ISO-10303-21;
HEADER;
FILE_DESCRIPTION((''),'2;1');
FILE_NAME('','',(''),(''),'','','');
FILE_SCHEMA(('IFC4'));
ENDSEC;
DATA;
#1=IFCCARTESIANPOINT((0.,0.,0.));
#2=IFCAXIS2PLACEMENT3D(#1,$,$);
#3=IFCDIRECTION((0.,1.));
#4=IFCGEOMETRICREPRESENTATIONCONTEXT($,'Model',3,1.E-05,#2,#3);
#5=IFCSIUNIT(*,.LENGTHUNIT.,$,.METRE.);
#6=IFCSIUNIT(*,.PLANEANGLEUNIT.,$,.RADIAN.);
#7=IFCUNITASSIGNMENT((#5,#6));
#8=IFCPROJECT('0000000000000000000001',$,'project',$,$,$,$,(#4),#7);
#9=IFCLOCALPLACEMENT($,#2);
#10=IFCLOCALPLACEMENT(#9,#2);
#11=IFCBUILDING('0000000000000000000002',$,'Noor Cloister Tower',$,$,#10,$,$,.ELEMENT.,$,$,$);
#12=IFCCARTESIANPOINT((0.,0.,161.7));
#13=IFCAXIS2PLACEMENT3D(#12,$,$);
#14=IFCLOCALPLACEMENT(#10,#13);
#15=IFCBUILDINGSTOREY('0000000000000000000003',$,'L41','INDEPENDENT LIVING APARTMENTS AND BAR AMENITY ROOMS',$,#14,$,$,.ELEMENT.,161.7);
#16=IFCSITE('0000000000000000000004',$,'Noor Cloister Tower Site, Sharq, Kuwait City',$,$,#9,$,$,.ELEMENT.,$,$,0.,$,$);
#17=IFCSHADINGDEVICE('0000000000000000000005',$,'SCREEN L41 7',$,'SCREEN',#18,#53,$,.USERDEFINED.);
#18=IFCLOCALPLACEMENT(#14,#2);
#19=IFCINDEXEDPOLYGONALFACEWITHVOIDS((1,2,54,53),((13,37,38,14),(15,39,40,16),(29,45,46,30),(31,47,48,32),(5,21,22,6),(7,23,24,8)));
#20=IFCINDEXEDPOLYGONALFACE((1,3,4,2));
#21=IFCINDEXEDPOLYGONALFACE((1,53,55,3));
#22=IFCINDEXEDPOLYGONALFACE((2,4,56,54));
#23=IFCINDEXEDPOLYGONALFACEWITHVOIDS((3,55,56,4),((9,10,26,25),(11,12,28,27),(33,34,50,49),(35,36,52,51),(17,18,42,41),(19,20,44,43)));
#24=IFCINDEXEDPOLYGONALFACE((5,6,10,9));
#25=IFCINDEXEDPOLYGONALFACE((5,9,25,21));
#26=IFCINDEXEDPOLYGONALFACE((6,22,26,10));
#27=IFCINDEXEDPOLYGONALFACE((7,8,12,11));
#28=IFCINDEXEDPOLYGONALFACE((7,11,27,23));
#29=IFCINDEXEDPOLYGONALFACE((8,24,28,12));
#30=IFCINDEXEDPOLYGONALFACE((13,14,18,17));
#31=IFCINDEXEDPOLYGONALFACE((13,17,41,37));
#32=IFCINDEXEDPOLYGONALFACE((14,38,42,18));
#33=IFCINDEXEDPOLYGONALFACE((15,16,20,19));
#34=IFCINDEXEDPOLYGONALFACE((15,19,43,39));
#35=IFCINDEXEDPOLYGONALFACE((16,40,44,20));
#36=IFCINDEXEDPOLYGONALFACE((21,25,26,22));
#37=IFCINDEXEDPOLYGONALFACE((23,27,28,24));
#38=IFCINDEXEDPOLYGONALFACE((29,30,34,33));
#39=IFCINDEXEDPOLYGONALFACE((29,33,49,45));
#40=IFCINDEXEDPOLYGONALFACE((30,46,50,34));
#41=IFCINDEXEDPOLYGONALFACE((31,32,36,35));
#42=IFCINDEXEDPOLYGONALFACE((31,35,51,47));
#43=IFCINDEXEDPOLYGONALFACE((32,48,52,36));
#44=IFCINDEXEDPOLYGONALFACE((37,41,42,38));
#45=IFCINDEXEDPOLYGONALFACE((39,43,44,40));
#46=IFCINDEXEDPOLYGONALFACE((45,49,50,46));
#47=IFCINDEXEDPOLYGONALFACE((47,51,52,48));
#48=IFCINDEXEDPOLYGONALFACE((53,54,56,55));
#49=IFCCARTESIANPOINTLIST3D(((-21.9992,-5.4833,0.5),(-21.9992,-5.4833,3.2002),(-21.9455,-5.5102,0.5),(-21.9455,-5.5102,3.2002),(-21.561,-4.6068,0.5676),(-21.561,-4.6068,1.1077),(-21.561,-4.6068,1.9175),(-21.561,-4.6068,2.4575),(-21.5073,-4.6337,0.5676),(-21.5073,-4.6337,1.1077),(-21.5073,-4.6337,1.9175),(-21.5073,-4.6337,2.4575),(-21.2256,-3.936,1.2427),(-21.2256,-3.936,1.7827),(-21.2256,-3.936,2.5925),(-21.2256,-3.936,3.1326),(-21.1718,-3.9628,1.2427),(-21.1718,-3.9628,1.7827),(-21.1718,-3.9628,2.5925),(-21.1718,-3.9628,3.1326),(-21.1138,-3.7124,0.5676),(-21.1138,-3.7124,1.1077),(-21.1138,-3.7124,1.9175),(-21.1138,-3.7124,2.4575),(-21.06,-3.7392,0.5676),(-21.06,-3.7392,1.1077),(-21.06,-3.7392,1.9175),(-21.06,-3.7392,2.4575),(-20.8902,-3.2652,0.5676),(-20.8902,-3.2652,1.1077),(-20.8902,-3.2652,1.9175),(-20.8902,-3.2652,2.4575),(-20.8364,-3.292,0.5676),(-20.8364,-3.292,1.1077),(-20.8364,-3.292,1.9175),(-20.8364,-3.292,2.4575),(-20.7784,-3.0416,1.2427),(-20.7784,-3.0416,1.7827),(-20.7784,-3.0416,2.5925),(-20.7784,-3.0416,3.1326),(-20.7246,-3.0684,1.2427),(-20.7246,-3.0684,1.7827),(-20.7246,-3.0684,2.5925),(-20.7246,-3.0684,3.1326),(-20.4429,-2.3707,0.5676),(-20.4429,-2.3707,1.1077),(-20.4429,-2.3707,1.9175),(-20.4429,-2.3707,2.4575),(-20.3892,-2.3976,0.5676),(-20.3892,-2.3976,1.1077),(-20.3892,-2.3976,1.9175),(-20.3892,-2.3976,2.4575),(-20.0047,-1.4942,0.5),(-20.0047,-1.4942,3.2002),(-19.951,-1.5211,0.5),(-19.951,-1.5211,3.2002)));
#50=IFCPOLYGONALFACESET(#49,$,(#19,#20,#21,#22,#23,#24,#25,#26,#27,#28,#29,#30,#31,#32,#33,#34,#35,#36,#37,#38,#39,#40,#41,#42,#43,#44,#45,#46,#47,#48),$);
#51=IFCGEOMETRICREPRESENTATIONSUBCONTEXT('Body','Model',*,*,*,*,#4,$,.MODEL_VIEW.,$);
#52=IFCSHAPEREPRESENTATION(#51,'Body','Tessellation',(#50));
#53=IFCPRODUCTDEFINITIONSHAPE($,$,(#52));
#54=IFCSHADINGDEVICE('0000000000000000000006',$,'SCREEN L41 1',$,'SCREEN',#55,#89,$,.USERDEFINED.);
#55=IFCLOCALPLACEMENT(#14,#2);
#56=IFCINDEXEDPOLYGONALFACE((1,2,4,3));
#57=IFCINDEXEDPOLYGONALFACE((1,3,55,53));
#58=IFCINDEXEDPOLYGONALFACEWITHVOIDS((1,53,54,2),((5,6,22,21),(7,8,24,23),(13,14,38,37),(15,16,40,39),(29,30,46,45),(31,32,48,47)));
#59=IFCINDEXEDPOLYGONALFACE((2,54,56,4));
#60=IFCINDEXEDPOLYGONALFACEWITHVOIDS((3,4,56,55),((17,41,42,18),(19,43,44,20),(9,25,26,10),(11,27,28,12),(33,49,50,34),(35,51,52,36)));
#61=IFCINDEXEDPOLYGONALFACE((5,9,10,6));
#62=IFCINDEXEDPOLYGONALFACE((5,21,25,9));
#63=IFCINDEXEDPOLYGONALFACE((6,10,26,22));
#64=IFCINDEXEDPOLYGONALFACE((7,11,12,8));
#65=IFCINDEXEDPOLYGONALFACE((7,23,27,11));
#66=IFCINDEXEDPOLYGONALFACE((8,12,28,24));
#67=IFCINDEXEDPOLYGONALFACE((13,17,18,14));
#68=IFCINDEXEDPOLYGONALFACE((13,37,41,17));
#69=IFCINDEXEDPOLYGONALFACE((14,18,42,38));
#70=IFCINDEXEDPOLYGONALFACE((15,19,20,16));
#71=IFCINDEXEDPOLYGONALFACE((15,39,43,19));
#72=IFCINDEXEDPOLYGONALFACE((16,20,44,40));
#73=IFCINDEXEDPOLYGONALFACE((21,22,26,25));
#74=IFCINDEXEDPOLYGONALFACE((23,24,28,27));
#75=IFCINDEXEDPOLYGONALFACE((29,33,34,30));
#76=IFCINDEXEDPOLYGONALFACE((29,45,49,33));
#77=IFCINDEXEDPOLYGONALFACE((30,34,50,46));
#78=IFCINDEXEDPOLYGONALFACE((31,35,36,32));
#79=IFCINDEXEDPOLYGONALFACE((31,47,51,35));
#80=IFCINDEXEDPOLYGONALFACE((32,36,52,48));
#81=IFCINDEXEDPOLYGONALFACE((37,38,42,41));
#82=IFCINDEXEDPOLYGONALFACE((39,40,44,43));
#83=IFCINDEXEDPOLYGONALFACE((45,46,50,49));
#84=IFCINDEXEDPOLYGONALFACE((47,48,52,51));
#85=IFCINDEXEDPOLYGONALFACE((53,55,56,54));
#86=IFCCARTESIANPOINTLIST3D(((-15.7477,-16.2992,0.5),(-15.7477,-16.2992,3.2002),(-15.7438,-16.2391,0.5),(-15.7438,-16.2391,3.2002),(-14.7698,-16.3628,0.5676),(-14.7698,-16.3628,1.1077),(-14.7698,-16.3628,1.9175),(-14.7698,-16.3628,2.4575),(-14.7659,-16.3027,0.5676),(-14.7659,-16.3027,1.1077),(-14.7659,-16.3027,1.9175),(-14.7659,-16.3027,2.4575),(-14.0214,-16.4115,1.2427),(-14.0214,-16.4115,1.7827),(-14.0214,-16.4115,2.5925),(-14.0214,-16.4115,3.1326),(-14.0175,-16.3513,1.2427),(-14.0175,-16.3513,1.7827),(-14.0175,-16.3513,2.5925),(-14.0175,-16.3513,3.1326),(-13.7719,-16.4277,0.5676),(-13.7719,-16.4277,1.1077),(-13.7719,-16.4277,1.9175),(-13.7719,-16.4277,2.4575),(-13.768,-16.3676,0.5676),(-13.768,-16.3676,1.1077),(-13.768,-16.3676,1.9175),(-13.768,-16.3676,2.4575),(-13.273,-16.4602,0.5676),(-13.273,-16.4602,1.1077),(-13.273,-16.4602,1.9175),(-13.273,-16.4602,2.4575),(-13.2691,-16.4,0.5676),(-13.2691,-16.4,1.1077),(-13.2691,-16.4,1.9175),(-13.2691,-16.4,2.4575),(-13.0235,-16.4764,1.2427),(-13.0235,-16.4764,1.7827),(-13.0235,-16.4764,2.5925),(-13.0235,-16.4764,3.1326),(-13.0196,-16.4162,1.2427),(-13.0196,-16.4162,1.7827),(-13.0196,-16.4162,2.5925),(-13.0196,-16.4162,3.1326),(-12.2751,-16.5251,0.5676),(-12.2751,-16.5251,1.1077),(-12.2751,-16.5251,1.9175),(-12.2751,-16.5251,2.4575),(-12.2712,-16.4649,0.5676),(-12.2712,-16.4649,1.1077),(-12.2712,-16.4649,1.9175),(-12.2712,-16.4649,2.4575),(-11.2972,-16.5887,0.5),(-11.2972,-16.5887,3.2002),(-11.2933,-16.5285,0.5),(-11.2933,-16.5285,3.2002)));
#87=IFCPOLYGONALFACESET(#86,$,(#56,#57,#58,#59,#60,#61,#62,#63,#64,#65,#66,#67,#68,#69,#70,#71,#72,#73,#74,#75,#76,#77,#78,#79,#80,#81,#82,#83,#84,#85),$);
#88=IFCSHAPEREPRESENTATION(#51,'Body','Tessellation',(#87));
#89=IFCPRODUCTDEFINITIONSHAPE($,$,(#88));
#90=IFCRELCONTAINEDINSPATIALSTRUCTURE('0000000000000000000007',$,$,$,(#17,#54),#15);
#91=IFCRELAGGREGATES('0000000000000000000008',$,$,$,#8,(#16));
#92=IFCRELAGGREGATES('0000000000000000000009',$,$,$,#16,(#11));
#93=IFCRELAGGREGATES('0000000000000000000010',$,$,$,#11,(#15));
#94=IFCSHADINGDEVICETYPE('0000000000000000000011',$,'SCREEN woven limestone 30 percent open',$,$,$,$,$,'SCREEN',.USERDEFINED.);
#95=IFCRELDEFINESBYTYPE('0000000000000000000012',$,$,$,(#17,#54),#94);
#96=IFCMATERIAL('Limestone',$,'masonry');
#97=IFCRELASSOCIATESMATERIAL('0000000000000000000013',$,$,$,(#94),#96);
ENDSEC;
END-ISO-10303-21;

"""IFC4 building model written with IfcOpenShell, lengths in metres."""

from ifc_helpers import new_model, si_unit, direction, frame, origin, place, context, subcontext, project, spatial, polyline, outline, extrude, material, material_profile, profile_set, type_object, element, save


model = new_model("IFC4")

# Units and contexts
model_context = context("Model", 3, precision=1e-05, world=origin(), true_north=direction((0.0, 1.0)))
body_context = subcontext(model_context, "Body", "Model", "MODEL_VIEW")
ifc_project = project(units=[si_unit("LENGTHUNIT", "METRE"), si_unit("PLANEANGLEUNIT", "RADIAN")], contexts=[model_context])

# Site, building, storey
site_placement = place(None, origin())
site = spatial("IfcSite", under=ifc_project, at=site_placement, Name="Noor Cloister Tower Site, Sharq, Kuwait City", CompositionType="ELEMENT", RefElevation=0.0)
building_placement = place(site_placement, origin())
building = spatial("IfcBuilding", under=site, at=building_placement, Name="Noor Cloister Tower", CompositionType="ELEMENT")
storey_placement = place(building_placement, frame((0.0, 0.0, 161.7)))
storey = spatial("IfcBuildingStorey", under=building, at=storey_placement, Name="L41", Description="INDEPENDENT LIVING APARTMENTS AND BAR AMENITY ROOMS", CompositionType="ELEMENT", Elevation=161.7)

# Shading devices
ifc_material_1 = material(Name="Limestone", Category="masonry")
ifc_material_profile_1 = material_profile(ifc_material_1, outline(polyline([(-2.23, -1.3501), (2.23, -1.3501), (2.23, 1.3501), (-2.23, 1.3501), (-2.23, -1.3501)]), holes=[polyline([(-1.25, -1.2825), (-0.25, -1.2825), (-0.25, -0.7424), (-1.25, -0.7424), (-1.25, -1.2825)]), polyline([(0.25, -1.2825), (1.25, -1.2825), (1.25, -0.7424), (0.25, -0.7424), (0.25, -1.2825)]), polyline([(-0.5, -0.6074), (0.5, -0.6074), (0.5, -0.0674), (-0.5, -0.0674), (-0.5, -0.6074)]), polyline([(-1.25, 0.0674), (-0.25, 0.0674), (-0.25, 0.6074), (-1.25, 0.6074), (-1.25, 0.0674)]), polyline([(0.25, 0.0674), (1.25, 0.0674), (1.25, 0.6074), (0.25, 0.6074), (0.25, 0.0674)]), polyline([(-0.5, 0.7424), (0.5, 0.7424), (0.5, 1.2825), (-0.5, 1.2825), (-0.5, 0.7424)])]), Name="Woven screen 30 percent open")
ifc_profile_set_1 = profile_set([ifc_material_profile_1], Name="Limestone")
shading_device_type = type_object("IfcShadingDeviceType", Name="SCREEN woven limestone 30 percent open", ElementType="SCREEN", PredefinedType="USERDEFINED", material=ifc_profile_set_1)
shading_device_1_placement = place(storey_placement, frame((-20.9482, -3.5156, 1.8501), z_axis=(-0.894427, 0.447214, 0.0), x_axis=(-0.447214, -0.894427, 0.0)))
element("IfcShadingDevice", 1, at=shading_device_1_placement, inside=storey, type_object=shading_device_type, Name="SCREEN L41 7", ObjectType="SCREEN", PredefinedType="USERDEFINED", context=body_context, shape_type="SweptSolid", body=[
    extrude(outline(polyline([(-2.23, -1.3501), (2.23, -1.3501), (2.23, 1.3501), (-2.23, 1.3501), (-2.23, -1.3501)]), holes=[polyline([(-1.25, -1.2825), (-0.25, -1.2825), (-0.25, -0.7424), (-1.25, -0.7424), (-1.25, -1.2825)]), polyline([(0.25, -1.2825), (1.25, -1.2825), (1.25, -0.7424), (0.25, -0.7424), (0.25, -1.2825)]), polyline([(-0.5, -0.6074), (0.5, -0.6074), (0.5, -0.0674), (-0.5, -0.0674), (-0.5, -0.6074)]), polyline([(-1.25, 0.0674), (-0.25, 0.0674), (-0.25, 0.6074), (-1.25, 0.6074), (-1.25, 0.0674)]), polyline([(0.25, 0.0674), (1.25, 0.0674), (1.25, 0.6074), (0.25, 0.6074), (0.25, 0.0674)]), polyline([(-0.5, 0.7424), (0.5, 0.7424), (0.5, 1.2825), (-0.5, 1.2825), (-0.5, 0.7424)])]), origin(), (0.0, 0.0, 1.0), 0.0601),
])
shading_device_2_placement = place(storey_placement, frame((-13.5186, -16.3838, 1.8501), z_axis=(-0.064904, -0.997892, 0.0), x_axis=(0.997892, -0.064904, 0.0)))
element("IfcShadingDevice", 2, at=shading_device_2_placement, inside=storey, type_object=shading_device_type, Name="SCREEN L41 1", ObjectType="SCREEN", PredefinedType="USERDEFINED", context=body_context, shape_type="SweptSolid", body=[
    extrude(outline(polyline([(-2.23, -1.3501), (2.23, -1.3501), (2.23, 1.3501), (-2.23, 1.3501), (-2.23, -1.3501)]), holes=[polyline([(-1.25, -1.2825), (-0.25, -1.2825), (-0.25, -0.7424), (-1.25, -0.7424), (-1.25, -1.2825)]), polyline([(0.25, -1.2825), (1.25, -1.2825), (1.25, -0.7424), (0.25, -0.7424), (0.25, -1.2825)]), polyline([(-0.5, -0.6074), (0.5, -0.6074), (0.5, -0.0674), (-0.5, -0.0674), (-0.5, -0.6074)]), polyline([(-1.25, 0.0674), (-0.25, 0.0674), (-0.25, 0.6074), (-1.25, 0.6074), (-1.25, 0.0674)]), polyline([(0.25, 0.0674), (1.25, 0.0674), (1.25, 0.6074), (0.25, 0.6074), (0.25, 0.0674)]), polyline([(-0.5, 0.7424), (0.5, 0.7424), (0.5, 1.2825), (-0.5, 1.2825), (-0.5, 0.7424)])]), origin(), (0.0, 0.0, 1.0), 0.0603),
])

save(model, "model.ifc")
